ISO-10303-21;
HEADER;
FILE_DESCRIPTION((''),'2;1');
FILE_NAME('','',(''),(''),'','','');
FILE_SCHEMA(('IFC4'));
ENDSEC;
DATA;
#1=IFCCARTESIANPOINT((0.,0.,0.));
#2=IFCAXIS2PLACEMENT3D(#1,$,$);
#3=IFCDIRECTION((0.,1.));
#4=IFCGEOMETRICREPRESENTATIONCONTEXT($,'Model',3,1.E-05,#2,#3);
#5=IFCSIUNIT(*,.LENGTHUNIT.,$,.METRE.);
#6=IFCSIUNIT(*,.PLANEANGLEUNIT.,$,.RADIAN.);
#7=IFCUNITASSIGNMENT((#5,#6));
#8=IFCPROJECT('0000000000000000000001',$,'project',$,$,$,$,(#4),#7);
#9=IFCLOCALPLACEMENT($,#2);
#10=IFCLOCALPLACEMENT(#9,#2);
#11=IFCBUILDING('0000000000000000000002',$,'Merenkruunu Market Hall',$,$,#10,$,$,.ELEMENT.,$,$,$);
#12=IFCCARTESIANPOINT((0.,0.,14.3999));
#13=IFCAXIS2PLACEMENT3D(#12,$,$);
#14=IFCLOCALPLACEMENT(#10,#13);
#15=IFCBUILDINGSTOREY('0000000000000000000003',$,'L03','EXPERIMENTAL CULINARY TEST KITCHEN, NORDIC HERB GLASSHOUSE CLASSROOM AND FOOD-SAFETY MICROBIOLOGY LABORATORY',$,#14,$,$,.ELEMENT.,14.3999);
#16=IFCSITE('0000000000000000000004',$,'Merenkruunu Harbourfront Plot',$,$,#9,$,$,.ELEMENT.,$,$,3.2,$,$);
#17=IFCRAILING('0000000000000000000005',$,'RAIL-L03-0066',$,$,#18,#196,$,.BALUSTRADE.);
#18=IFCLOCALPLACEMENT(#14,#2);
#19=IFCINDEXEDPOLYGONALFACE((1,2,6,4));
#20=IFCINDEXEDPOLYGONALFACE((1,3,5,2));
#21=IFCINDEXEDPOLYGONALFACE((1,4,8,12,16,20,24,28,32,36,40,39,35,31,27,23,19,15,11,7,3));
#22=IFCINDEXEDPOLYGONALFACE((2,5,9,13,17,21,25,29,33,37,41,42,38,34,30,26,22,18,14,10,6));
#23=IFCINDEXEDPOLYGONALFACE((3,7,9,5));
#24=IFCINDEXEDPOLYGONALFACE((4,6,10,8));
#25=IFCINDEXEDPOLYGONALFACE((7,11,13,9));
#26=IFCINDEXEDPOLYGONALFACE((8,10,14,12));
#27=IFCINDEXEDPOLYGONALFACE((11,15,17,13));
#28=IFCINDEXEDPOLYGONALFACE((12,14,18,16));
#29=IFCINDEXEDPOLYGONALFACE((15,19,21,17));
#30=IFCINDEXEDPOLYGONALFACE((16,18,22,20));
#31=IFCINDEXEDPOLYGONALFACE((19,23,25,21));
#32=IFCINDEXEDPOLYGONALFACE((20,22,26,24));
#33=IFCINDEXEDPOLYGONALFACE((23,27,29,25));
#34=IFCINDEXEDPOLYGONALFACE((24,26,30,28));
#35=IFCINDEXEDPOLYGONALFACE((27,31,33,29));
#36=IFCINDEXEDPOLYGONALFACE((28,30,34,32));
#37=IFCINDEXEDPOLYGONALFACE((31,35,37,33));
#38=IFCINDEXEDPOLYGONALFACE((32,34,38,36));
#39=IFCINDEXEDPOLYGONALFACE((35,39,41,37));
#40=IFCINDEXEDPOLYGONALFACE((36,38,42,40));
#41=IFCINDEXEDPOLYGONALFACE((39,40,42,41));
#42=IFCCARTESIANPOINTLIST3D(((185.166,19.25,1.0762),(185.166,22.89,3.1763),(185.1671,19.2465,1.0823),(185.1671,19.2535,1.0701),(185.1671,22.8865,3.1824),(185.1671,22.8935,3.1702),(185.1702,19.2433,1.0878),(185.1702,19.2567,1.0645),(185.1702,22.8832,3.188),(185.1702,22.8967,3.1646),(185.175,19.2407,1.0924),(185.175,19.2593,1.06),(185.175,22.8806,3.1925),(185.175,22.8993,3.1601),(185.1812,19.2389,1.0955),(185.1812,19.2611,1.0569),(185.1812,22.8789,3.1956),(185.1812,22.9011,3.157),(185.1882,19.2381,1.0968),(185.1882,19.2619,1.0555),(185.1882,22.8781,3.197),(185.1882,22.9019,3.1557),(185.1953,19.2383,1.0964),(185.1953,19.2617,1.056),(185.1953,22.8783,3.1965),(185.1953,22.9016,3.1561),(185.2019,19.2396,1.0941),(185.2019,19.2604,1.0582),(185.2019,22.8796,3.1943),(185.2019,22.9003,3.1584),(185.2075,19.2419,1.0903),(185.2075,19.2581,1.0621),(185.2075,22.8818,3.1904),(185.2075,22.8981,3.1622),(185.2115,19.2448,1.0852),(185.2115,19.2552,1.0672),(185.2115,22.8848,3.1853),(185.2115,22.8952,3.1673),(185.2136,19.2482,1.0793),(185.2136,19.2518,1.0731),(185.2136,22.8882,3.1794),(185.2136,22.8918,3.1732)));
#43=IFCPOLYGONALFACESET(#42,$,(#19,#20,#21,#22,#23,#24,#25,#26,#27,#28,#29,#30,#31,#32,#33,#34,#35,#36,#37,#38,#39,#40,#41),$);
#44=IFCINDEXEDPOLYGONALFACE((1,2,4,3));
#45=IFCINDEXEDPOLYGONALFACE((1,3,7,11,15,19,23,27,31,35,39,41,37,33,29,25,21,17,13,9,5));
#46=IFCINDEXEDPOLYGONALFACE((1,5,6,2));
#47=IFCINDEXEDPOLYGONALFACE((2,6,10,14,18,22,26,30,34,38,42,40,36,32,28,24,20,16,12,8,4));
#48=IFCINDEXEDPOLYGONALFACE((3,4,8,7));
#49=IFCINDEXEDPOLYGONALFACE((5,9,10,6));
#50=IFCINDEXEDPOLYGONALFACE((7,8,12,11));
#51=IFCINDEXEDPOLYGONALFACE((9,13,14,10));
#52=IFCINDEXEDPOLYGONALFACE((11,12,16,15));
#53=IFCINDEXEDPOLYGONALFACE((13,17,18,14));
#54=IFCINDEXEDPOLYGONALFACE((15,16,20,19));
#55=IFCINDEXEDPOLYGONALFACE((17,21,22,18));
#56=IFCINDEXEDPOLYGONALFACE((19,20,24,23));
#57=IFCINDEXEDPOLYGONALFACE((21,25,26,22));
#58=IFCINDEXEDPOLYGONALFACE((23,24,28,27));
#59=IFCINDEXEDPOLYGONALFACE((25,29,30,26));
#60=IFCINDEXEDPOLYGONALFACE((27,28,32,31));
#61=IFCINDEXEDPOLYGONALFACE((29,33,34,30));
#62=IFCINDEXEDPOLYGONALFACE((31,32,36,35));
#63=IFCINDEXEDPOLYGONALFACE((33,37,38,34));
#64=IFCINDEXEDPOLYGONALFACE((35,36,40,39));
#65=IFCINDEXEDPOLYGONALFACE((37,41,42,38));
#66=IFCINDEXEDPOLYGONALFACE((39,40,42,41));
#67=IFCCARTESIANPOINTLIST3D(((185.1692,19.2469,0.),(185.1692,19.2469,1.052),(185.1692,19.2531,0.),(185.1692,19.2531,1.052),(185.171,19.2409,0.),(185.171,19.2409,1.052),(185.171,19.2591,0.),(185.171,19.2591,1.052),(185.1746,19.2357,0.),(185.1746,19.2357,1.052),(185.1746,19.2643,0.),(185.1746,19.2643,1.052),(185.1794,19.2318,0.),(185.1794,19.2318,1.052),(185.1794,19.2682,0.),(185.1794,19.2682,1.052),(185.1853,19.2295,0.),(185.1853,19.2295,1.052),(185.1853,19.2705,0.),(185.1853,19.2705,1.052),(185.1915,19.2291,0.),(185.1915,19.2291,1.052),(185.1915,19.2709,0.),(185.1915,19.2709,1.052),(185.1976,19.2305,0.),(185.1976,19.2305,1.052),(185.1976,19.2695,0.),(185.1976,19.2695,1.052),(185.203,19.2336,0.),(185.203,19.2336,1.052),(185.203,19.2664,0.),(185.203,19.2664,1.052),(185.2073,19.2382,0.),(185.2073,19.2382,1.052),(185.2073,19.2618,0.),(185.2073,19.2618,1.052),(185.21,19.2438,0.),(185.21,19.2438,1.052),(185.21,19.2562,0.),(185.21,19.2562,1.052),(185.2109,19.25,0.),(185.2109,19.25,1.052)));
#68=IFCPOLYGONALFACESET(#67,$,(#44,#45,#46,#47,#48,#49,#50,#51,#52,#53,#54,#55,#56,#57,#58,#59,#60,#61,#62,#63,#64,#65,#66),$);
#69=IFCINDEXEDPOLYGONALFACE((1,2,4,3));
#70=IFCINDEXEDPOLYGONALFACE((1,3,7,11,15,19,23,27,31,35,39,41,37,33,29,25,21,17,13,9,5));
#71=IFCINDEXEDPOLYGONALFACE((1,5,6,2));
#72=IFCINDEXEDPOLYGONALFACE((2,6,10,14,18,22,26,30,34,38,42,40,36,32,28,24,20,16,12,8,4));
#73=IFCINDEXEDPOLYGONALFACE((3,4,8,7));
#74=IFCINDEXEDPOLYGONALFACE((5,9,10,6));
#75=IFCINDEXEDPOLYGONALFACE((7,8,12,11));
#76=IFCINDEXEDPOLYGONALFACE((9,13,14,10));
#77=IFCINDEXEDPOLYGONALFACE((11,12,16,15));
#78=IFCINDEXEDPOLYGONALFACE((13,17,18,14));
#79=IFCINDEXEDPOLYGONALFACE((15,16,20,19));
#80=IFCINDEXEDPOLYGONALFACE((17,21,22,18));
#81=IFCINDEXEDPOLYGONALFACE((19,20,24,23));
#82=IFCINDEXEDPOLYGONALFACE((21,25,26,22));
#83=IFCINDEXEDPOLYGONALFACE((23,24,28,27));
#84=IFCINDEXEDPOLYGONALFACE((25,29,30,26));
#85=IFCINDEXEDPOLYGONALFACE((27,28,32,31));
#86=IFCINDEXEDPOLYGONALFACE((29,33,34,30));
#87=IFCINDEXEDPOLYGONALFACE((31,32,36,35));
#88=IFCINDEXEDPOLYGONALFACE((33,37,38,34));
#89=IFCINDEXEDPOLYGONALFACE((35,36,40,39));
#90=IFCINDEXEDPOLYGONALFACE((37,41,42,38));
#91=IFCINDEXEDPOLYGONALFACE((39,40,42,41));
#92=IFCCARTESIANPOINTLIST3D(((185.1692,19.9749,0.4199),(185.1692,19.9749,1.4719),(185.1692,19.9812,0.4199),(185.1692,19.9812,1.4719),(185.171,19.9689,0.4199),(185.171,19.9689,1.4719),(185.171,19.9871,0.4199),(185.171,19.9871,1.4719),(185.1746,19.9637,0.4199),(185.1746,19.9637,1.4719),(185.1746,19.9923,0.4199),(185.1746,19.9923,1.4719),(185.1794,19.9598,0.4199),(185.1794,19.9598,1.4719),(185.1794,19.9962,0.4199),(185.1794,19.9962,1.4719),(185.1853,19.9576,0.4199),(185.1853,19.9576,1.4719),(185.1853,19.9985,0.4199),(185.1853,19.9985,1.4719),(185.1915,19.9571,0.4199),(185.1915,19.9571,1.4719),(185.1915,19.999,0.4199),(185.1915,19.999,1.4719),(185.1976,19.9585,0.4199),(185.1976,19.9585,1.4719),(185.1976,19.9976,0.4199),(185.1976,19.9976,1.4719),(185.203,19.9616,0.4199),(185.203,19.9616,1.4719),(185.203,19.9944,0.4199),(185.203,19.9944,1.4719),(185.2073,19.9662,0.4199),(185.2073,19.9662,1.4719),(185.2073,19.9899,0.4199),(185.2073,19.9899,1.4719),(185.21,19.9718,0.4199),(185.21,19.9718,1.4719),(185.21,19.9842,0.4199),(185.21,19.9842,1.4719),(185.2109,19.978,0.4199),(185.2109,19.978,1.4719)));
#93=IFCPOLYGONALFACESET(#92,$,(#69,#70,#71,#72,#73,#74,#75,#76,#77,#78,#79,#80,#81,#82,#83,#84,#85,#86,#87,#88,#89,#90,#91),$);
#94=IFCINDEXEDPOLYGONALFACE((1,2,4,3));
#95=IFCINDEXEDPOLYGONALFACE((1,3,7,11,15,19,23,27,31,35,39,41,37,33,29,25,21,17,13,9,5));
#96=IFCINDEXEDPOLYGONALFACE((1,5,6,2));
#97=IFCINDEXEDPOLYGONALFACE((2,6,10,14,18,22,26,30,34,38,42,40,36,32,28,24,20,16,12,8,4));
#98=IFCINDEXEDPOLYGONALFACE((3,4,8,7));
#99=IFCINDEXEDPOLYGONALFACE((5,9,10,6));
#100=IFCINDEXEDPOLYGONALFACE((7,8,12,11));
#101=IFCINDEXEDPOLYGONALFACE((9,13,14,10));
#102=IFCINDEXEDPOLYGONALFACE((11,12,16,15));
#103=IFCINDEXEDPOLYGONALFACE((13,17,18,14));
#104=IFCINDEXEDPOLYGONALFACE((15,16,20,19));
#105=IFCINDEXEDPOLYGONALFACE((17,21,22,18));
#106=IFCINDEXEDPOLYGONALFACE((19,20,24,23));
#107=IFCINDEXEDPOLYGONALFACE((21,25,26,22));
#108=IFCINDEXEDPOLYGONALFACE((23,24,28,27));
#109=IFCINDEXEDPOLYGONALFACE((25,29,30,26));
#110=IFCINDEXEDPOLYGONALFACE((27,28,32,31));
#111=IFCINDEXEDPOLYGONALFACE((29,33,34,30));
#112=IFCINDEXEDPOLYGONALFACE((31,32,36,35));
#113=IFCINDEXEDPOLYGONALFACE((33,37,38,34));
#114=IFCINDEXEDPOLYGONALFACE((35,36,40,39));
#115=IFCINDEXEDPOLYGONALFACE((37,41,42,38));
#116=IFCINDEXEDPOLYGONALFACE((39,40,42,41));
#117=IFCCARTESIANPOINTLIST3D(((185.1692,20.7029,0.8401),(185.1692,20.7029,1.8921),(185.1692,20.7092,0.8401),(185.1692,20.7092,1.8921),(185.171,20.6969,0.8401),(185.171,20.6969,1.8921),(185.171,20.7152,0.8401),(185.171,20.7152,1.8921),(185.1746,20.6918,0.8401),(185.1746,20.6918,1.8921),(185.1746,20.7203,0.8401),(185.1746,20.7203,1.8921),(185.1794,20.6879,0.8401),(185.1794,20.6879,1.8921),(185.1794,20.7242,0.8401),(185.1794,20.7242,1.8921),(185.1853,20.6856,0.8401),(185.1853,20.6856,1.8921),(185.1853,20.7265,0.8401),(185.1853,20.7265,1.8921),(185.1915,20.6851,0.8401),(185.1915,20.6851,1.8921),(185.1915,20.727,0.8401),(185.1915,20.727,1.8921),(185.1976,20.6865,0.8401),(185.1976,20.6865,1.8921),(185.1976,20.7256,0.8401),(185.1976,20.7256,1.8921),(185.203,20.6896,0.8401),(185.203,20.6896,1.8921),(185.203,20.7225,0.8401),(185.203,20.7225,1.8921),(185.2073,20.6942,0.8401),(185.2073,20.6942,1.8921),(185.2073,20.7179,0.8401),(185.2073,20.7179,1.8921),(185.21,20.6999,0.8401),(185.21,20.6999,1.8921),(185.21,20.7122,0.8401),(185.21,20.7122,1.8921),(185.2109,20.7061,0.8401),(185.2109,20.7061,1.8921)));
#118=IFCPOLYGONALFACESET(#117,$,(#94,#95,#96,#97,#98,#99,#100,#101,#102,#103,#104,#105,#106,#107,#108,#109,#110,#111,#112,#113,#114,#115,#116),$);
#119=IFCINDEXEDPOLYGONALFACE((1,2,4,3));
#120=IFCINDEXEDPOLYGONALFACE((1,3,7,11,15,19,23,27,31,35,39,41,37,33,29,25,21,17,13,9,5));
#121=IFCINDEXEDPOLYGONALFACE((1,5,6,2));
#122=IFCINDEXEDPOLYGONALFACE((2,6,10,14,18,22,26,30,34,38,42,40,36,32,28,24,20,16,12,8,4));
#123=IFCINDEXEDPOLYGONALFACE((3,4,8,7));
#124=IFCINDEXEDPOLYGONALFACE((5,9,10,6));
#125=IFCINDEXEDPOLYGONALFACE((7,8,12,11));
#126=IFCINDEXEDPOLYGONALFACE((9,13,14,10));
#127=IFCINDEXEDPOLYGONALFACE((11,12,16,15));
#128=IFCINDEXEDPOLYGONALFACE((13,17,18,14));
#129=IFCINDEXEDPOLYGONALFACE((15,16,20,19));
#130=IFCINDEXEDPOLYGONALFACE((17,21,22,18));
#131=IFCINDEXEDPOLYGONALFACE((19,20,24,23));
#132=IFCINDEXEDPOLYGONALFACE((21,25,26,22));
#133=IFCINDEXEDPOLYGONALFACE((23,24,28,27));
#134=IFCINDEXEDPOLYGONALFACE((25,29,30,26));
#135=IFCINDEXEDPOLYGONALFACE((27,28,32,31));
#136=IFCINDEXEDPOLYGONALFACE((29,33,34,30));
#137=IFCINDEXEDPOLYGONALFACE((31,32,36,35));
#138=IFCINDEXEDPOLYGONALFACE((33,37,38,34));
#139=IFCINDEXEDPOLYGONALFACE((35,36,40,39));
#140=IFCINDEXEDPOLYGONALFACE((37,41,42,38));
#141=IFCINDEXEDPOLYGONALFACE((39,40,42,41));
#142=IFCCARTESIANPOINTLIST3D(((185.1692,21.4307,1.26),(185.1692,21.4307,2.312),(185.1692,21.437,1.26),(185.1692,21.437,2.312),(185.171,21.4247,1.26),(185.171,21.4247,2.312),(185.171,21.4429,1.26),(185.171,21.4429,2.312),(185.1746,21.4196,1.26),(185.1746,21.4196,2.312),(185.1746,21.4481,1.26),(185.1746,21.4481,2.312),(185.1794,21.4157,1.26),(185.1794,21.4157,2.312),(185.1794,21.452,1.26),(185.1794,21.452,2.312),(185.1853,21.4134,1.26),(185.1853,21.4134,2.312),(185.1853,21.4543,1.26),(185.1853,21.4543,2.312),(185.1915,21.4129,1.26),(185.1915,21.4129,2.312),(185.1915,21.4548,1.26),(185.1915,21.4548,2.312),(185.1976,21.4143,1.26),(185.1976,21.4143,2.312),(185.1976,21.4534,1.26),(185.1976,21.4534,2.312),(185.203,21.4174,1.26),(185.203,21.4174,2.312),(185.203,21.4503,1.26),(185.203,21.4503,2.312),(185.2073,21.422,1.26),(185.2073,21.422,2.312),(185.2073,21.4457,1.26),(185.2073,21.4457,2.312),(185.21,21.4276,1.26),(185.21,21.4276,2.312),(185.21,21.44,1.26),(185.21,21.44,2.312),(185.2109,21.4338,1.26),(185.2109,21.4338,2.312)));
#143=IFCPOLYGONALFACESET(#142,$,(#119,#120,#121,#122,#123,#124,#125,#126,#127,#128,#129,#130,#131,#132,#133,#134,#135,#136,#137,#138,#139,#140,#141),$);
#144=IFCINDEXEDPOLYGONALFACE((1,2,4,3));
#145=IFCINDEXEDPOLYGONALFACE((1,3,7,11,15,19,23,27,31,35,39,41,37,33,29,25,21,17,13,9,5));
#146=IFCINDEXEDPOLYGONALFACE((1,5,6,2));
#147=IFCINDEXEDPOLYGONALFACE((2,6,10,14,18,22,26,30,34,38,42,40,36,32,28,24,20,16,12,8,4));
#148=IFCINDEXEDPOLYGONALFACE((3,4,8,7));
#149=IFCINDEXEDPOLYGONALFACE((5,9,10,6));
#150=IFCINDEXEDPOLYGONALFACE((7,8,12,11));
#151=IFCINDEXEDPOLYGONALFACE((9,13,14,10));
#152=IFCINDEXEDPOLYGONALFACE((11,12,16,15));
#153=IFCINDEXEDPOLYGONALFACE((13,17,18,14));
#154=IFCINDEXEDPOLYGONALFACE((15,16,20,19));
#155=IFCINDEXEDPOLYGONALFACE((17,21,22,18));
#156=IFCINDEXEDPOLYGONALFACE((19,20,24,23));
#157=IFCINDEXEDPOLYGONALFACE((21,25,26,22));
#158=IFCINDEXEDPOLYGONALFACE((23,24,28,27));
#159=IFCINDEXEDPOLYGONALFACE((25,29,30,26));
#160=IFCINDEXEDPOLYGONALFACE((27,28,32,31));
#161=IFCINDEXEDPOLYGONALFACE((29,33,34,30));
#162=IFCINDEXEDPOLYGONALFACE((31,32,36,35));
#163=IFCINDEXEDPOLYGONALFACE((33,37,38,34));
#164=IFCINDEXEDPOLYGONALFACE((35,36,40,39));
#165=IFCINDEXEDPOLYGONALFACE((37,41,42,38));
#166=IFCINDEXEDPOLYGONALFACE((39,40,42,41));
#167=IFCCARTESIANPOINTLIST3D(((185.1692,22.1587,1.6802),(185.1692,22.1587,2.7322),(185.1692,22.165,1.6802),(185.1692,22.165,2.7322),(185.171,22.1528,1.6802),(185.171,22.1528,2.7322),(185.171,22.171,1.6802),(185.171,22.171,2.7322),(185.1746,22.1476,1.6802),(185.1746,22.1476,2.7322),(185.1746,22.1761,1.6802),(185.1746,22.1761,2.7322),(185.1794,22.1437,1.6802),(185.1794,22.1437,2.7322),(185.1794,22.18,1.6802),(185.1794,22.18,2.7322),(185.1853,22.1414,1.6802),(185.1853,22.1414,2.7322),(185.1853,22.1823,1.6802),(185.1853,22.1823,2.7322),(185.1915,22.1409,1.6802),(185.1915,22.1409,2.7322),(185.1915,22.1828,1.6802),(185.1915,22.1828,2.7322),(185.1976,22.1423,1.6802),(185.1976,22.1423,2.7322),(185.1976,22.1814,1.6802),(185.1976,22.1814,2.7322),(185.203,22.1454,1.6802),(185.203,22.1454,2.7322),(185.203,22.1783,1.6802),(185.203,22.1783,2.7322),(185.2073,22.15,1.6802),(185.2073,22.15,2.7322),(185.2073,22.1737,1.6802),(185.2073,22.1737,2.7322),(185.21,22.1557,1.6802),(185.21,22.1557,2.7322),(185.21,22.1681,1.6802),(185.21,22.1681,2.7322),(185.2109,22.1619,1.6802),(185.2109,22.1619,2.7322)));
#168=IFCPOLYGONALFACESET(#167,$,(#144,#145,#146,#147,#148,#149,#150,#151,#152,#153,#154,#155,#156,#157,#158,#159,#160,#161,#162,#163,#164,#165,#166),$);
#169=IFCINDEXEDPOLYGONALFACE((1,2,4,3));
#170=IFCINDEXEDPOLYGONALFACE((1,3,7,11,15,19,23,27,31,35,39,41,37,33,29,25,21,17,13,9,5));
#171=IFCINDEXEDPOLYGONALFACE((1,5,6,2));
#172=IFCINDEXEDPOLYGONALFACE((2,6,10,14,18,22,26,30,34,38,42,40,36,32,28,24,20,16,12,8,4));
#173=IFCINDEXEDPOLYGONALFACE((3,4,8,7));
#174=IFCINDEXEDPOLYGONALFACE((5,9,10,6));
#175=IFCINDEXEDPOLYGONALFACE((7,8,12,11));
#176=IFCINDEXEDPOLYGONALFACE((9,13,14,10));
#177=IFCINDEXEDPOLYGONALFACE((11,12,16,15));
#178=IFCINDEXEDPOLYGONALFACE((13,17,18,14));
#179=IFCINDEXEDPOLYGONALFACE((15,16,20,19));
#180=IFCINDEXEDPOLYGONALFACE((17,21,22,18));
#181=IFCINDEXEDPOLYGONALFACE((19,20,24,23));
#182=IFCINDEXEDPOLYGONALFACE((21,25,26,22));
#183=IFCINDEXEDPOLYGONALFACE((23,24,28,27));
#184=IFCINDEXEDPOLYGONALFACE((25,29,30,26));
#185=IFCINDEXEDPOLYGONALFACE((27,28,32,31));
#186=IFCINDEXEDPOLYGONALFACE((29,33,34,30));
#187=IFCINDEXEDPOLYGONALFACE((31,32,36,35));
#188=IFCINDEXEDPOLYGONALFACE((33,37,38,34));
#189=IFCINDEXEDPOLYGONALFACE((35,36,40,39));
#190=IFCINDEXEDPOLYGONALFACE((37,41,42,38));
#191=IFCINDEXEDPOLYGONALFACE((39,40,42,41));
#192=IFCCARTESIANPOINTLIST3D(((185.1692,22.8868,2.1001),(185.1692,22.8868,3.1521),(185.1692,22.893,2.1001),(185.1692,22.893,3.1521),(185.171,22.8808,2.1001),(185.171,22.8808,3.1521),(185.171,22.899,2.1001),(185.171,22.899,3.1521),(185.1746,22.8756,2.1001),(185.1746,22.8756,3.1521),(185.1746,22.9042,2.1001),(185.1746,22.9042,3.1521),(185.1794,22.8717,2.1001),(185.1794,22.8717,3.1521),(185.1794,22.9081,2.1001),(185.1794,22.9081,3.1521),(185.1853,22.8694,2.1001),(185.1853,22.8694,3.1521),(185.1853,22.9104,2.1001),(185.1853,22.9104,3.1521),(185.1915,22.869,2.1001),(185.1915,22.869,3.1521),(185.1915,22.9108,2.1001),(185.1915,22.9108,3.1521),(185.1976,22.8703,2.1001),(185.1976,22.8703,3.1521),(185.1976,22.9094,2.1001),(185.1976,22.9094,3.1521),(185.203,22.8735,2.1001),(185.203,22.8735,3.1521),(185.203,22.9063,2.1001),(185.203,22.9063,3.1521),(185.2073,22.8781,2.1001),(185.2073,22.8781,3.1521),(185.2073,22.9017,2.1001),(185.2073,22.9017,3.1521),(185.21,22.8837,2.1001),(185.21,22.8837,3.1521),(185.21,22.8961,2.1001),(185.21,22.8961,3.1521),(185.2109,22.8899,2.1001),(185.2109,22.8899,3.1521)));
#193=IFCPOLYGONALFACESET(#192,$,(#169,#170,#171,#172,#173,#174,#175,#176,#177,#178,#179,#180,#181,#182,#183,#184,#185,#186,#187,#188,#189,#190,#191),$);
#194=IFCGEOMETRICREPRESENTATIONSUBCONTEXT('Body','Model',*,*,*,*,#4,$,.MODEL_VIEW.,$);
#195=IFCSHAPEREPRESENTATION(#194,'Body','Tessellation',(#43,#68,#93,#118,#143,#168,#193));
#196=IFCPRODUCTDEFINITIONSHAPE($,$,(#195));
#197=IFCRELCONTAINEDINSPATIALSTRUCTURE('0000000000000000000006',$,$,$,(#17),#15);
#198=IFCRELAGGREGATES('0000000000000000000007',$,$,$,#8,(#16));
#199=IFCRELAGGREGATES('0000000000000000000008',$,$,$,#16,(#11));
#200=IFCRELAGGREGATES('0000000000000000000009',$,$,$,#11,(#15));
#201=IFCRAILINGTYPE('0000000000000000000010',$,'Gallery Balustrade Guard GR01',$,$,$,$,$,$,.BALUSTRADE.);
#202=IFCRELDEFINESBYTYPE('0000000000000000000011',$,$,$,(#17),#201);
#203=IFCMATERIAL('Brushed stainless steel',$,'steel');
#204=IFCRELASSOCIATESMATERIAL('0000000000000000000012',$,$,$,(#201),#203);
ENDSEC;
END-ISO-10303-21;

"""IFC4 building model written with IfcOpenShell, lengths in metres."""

from ifc_helpers import new_model, si_unit, direction, frame, origin, origin_2d, place, context, subcontext, project, spatial, circle, extrude, material, type_object, element, save


model = new_model("IFC4")

# Units and contexts
model_context = context("Model", 3, precision=1e-05, world=origin(), true_north=direction((0.0, 1.0)))
body_context = subcontext(model_context, "Body", "Model", "MODEL_VIEW")
ifc_project = project(units=[si_unit("LENGTHUNIT", "METRE"), si_unit("PLANEANGLEUNIT", "RADIAN")], contexts=[model_context])

# Site, building, storey
site_placement = place(None, origin())
site = spatial("IfcSite", under=ifc_project, at=site_placement, Name="Merenkruunu Harbourfront Plot", CompositionType="ELEMENT", RefElevation=3.2)
building_placement = place(site_placement, origin())
building = spatial("IfcBuilding", under=site, at=building_placement, Name="Merenkruunu Market Hall", CompositionType="ELEMENT")
storey_placement = place(building_placement, frame((0.0, 0.0, 14.3999)))
storey = spatial("IfcBuildingStorey", under=building, at=storey_placement, Name="L03", Description="EXPERIMENTAL CULINARY TEST KITCHEN, NORDIC HERB GLASSHOUSE CLASSROOM AND FOOD-SAFETY MICROBIOLOGY LABORATORY", CompositionType="ELEMENT", Elevation=14.3999)

# Railing
ifc_material_1 = material(Name="Brushed stainless steel", Category="steel")
railing_type_1 = type_object("IfcRailingType", Name="Gallery Balustrade Guard GR01", PredefinedType="BALUSTRADE", material=ifc_material_1)
railing_1_placement = place(storey_placement, frame((185.1899, 19.25, 0.0)))
element("IfcRailing", 1, at=railing_1_placement, inside=storey, type_object=railing_type_1, Name="RAIL-L03-0066", PredefinedType="BALUSTRADE", context=body_context, shape_type="SweptSolid", body=[
    extrude(circle(Radius=0.0239, at=origin_2d()), frame((0.0, 0.0, 1.0762), z_axis=(0.0, 0.866169, 0.499751), x_axis=(-1.0, 0.0, 0.0)), (0.0, 0.0, 1.0), 4.2024),
    extrude(circle(Radius=0.021, at=origin_2d()), origin(), (0.0, 0.0, 1.0), 1.052),
    extrude(circle(Radius=0.021, at=origin_2d()), frame((0.0, 0.728, 0.4199)), (0.0, 0.0, 1.0), 1.052),
    extrude(circle(Radius=0.021, at=origin_2d()), frame((0.0, 1.4561, 0.8401)), (0.0, 0.0, 1.0), 1.052),
    extrude(circle(Radius=0.021, at=origin_2d()), frame((0.0, 2.1838, 1.26)), (0.0, 0.0, 1.0), 1.052),
    extrude(circle(Radius=0.021, at=origin_2d()), frame((0.0, 2.9119, 1.6802)), (0.0, 0.0, 1.0), 1.052),
    extrude(circle(Radius=0.021, at=origin_2d()), frame((0.0, 3.6399, 2.1001)), (0.0, 0.0, 1.0), 1.052),
])

save(model, "model.ifc")
